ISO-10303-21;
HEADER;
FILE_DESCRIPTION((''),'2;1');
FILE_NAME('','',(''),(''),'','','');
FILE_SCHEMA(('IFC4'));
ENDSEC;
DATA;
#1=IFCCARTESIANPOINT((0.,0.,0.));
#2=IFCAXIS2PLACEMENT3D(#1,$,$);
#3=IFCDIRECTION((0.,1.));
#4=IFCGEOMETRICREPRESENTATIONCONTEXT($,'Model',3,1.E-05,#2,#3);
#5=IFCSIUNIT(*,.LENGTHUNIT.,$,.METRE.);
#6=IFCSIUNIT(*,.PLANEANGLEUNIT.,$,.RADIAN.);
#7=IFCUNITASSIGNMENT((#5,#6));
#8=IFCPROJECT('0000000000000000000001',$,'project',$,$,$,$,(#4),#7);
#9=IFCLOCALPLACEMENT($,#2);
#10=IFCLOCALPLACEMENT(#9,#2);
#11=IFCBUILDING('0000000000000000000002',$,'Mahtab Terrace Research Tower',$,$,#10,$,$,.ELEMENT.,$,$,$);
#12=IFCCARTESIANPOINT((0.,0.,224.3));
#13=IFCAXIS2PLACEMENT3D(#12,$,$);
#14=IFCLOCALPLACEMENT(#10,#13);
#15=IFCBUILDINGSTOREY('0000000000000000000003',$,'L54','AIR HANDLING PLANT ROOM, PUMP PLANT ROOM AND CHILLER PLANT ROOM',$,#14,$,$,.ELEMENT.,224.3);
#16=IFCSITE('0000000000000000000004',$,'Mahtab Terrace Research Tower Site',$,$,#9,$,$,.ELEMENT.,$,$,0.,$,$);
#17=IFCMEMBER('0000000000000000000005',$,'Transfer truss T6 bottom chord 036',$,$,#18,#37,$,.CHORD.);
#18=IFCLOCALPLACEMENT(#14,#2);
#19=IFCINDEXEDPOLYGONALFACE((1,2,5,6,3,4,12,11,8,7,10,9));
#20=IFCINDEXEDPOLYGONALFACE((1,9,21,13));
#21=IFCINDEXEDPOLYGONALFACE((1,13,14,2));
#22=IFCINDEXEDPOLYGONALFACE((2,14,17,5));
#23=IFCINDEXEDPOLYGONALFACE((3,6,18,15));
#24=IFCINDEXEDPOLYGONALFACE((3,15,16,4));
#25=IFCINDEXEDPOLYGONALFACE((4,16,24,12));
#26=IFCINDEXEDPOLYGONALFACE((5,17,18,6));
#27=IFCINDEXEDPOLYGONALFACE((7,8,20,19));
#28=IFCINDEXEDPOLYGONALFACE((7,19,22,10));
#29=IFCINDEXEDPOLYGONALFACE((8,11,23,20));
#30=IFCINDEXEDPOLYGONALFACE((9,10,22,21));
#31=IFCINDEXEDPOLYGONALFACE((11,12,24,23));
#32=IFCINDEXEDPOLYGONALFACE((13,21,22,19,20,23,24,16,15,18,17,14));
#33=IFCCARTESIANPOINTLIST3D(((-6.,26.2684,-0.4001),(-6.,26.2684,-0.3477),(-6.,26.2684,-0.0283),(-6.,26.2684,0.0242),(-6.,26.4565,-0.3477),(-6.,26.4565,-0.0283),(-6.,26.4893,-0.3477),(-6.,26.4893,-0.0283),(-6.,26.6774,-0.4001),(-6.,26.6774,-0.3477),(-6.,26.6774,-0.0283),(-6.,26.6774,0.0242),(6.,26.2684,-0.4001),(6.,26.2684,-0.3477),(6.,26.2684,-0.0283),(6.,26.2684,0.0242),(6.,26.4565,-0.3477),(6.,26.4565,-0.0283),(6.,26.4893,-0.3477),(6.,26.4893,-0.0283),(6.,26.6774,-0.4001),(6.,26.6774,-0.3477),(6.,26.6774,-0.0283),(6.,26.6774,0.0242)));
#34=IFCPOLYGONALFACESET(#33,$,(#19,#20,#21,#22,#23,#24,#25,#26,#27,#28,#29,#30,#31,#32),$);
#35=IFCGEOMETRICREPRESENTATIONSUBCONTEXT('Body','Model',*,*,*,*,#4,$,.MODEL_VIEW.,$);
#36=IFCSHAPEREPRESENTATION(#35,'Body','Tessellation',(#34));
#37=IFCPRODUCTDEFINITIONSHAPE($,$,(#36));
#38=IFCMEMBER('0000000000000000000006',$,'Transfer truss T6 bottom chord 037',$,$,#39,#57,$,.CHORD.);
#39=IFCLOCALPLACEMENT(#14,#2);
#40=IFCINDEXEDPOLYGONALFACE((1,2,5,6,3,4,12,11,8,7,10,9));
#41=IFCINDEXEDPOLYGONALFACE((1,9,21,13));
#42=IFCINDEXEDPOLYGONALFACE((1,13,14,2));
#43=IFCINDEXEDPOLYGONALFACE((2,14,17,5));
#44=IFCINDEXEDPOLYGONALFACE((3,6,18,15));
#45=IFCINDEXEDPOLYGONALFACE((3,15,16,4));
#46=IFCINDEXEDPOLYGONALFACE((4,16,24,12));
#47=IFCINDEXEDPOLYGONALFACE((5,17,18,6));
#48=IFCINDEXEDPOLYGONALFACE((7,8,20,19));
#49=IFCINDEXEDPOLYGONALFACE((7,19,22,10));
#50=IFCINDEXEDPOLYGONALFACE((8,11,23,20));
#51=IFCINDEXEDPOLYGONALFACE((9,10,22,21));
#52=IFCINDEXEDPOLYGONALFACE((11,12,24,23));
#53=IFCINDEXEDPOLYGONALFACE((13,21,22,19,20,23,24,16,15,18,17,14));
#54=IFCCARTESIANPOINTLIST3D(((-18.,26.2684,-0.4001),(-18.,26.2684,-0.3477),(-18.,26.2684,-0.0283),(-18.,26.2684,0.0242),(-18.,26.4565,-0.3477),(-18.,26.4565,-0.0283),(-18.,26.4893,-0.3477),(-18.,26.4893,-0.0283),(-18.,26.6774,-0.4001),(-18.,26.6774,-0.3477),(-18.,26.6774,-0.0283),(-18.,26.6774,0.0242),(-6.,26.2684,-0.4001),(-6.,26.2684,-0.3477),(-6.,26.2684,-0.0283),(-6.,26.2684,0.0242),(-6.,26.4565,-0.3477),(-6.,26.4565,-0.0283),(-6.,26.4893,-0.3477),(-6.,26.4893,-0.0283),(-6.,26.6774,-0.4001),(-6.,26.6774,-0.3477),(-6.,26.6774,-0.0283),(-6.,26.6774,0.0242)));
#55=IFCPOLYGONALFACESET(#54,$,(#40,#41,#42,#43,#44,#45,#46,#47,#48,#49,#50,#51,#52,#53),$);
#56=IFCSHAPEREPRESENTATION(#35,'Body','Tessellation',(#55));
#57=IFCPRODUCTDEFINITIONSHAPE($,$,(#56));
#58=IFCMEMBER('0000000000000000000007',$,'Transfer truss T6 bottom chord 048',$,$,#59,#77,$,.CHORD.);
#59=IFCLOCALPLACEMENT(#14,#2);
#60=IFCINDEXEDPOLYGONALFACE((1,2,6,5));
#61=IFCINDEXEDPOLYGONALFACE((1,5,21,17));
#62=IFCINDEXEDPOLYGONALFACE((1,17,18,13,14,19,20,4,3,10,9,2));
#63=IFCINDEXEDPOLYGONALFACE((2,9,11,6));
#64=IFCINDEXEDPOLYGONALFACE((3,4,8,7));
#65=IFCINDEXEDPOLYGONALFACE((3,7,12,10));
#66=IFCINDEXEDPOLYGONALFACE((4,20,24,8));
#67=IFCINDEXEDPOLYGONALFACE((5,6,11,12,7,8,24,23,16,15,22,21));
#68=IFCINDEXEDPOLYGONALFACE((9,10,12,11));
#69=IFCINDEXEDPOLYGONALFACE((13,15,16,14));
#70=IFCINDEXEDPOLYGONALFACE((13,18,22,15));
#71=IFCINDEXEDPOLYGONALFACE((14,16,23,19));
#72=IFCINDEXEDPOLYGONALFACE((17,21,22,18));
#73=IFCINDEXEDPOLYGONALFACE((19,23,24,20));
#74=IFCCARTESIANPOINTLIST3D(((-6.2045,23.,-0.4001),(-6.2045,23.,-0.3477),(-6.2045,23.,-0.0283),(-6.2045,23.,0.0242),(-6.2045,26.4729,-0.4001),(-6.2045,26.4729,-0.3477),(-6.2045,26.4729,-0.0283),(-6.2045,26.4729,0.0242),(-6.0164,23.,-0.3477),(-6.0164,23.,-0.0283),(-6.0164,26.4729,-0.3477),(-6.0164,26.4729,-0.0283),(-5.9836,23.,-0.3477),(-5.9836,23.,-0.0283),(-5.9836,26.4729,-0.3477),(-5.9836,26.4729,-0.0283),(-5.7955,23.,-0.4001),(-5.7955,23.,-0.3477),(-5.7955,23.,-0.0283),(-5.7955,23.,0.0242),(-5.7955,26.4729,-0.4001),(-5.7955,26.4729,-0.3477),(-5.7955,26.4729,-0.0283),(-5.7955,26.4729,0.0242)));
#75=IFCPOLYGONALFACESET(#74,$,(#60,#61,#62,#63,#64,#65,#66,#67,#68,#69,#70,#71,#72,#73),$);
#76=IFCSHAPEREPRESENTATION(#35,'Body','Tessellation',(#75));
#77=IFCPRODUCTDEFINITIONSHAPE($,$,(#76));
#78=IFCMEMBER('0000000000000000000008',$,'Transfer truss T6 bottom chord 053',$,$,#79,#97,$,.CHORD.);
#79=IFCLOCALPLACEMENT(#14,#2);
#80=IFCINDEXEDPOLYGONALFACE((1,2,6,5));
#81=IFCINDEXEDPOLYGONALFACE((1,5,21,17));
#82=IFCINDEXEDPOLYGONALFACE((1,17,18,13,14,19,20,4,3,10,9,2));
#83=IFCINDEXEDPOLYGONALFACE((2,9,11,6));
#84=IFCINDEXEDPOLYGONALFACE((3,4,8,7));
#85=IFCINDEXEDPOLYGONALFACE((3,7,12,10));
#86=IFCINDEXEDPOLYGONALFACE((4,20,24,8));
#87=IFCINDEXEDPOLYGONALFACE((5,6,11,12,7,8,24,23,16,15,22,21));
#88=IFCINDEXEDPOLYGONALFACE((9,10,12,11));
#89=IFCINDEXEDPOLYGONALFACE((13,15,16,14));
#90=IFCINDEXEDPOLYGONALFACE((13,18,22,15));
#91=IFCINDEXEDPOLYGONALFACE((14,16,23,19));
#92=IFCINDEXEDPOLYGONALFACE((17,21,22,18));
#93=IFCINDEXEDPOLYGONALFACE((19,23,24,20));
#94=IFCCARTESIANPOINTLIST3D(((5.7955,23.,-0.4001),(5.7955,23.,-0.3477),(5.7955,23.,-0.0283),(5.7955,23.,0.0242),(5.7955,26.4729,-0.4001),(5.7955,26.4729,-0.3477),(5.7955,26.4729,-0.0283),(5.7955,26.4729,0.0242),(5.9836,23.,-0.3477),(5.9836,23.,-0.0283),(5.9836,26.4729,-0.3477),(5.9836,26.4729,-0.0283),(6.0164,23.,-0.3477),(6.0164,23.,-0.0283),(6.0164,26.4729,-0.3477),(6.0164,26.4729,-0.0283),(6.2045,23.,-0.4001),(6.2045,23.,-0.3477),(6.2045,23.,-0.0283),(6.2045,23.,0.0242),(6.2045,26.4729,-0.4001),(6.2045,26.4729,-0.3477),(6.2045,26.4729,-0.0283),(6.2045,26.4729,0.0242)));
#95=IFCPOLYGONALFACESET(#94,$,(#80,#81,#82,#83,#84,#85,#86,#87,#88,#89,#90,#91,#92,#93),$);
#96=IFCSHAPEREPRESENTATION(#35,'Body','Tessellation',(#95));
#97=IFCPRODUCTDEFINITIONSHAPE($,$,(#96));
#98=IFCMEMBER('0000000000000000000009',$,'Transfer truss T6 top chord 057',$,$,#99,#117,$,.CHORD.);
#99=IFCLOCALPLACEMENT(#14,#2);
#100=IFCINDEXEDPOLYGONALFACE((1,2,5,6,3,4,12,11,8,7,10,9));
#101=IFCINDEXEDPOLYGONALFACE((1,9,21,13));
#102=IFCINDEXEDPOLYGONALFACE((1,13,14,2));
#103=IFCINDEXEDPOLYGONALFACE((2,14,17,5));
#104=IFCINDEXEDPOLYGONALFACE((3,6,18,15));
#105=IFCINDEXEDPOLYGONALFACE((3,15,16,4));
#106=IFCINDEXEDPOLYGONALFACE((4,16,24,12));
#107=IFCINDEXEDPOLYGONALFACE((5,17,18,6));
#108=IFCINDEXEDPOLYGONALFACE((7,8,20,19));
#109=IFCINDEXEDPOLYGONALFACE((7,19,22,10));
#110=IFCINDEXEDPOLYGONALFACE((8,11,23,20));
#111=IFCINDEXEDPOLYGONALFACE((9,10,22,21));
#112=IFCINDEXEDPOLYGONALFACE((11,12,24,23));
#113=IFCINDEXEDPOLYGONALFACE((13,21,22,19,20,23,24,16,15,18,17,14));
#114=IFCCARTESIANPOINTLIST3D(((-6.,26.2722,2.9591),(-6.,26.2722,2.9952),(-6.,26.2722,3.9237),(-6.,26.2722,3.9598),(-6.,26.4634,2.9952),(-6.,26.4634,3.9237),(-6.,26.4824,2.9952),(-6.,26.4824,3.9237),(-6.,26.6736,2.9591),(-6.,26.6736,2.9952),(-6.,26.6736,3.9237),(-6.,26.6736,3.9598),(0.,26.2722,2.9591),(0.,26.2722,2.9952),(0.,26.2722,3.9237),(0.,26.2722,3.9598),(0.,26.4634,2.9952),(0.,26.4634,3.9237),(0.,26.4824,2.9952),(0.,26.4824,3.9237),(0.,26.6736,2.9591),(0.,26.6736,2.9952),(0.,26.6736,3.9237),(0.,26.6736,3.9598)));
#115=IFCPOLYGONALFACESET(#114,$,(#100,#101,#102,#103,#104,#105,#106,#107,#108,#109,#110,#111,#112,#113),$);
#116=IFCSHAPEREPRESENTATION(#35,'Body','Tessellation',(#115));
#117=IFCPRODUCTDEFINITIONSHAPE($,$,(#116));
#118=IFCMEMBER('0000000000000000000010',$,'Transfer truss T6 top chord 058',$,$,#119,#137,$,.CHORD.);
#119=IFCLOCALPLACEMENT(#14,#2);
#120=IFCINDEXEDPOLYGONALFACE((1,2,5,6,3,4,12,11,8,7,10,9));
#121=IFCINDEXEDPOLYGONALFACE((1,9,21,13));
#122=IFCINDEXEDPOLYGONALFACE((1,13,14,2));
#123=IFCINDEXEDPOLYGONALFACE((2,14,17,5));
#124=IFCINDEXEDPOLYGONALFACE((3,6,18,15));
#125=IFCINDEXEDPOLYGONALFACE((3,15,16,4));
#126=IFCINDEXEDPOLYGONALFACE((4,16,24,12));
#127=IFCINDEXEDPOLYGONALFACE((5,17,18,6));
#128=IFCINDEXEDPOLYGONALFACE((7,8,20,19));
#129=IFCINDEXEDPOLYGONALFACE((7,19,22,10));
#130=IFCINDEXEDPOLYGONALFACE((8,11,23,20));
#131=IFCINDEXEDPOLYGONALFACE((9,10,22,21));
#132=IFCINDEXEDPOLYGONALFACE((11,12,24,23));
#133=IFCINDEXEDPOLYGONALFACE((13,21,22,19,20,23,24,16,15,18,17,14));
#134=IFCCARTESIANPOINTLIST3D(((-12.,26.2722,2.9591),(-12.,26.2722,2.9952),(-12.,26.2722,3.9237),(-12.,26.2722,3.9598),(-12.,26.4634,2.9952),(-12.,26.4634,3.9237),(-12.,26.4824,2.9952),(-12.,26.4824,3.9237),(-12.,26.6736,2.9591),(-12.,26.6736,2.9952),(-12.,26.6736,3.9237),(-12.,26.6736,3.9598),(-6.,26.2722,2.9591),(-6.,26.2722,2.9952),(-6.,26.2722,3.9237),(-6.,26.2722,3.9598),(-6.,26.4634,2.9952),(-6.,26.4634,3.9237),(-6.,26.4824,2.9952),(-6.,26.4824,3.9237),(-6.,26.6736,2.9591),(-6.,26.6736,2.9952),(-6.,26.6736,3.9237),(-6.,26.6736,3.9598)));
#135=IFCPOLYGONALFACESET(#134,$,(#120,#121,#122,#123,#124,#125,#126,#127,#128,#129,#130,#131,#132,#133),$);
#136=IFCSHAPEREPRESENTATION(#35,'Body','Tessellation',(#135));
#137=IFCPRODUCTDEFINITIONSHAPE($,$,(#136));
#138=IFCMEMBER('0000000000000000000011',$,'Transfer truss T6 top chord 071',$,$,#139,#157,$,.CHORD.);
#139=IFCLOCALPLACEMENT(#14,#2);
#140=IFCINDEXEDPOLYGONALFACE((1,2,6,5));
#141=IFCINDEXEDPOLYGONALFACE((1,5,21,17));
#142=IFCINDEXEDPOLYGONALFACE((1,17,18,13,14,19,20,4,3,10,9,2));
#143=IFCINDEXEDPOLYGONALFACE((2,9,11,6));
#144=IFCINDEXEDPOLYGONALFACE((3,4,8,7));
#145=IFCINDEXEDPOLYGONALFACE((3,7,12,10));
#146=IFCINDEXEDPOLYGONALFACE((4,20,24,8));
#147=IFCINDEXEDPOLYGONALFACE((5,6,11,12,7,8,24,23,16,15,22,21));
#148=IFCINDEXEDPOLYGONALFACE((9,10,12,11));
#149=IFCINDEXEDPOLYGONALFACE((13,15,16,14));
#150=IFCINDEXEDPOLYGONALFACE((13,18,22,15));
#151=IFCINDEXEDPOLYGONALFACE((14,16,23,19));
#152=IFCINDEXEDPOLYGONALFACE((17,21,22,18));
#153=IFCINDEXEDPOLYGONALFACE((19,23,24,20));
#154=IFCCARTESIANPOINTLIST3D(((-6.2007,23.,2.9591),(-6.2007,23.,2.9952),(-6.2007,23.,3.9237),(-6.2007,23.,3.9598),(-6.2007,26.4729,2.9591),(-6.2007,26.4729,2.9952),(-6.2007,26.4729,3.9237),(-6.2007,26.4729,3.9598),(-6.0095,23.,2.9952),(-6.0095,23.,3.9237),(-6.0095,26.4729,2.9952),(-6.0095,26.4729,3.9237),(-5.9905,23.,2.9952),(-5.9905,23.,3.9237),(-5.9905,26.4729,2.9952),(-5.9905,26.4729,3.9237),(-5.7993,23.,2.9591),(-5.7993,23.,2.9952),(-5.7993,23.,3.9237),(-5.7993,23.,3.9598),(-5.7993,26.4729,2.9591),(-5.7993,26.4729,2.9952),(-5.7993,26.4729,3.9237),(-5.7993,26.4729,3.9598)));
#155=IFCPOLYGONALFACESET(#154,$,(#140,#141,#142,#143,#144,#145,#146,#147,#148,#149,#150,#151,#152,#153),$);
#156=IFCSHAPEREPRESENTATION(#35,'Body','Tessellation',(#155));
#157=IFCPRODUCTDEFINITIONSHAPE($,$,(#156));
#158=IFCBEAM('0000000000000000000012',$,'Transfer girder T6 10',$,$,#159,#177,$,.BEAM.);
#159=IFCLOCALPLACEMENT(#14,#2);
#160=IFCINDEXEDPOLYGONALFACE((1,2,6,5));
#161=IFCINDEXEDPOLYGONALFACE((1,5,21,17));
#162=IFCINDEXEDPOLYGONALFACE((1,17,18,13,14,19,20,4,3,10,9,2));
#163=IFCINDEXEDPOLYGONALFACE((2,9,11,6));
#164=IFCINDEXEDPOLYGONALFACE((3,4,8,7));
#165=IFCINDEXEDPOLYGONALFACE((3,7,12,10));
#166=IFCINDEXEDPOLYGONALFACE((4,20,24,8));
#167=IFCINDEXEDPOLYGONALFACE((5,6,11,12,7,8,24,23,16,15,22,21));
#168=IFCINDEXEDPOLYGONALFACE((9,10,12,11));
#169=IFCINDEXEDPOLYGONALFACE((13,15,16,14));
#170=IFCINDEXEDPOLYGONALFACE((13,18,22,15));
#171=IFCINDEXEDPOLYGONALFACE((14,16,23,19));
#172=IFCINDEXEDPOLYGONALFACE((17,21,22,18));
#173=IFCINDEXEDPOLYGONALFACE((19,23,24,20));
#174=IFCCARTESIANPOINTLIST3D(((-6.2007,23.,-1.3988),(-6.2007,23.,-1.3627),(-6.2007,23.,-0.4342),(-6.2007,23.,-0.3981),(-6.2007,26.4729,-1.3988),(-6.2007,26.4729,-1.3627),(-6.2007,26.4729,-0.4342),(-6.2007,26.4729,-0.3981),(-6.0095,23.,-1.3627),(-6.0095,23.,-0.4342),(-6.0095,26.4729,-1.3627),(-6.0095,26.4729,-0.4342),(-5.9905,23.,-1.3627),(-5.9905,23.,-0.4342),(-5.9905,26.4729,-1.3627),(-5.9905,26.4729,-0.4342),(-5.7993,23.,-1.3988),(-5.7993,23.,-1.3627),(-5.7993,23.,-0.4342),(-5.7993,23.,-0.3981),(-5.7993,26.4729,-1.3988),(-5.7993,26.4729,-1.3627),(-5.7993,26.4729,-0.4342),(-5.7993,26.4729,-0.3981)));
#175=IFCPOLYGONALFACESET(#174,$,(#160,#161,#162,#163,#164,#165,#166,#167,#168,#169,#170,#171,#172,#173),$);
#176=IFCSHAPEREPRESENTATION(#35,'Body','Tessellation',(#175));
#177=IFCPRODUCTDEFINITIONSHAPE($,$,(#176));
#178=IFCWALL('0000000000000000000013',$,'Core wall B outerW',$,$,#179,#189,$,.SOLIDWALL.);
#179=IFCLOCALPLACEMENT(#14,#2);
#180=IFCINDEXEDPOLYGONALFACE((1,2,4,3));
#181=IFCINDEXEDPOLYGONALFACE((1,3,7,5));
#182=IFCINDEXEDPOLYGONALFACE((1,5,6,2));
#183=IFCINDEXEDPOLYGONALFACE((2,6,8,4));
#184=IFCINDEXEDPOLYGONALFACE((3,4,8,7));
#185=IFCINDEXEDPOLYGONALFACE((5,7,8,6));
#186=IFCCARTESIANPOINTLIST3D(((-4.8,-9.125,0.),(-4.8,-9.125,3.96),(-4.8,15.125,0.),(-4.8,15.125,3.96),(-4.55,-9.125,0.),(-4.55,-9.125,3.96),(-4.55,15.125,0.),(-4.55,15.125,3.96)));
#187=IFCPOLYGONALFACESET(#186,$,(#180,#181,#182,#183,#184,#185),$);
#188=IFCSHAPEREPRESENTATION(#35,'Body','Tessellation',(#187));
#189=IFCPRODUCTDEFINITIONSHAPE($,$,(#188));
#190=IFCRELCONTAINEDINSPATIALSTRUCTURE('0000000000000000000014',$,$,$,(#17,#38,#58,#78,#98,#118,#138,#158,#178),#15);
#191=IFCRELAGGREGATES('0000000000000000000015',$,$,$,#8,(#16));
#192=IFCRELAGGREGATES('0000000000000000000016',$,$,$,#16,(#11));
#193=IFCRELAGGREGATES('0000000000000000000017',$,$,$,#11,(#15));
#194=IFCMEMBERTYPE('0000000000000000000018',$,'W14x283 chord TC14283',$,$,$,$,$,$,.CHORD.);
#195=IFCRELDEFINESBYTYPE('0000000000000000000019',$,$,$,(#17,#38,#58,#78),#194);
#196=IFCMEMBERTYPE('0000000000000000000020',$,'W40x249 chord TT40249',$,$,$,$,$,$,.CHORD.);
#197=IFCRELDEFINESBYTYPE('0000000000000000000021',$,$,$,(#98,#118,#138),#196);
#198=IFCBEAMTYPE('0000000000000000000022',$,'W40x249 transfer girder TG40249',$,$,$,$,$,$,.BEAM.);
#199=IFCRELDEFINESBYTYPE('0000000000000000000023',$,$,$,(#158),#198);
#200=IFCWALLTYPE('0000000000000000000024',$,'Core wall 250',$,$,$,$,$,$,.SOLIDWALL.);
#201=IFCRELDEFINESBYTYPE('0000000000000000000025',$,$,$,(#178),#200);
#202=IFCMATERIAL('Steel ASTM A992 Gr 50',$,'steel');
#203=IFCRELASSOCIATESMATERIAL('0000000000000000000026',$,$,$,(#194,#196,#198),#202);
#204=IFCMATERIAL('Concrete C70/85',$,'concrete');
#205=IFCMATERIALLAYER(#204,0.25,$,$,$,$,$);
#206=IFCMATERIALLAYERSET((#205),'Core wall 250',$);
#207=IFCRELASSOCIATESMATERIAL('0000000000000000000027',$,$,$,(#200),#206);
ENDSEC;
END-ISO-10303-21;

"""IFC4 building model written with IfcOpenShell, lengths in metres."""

from ifc_helpers import new_model, si_unit, direction, frame, frame_2d, origin, origin_2d, place, context, subcontext, project, spatial, rectangle, i_section, extrude, material, layer, layer_set, material_profile, profile_set, type_object, element, save


model = new_model("IFC4")

# Units and contexts
model_context = context("Model", 3, precision=1e-05, world=origin(), true_north=direction((0.0, 1.0)))
body_context = subcontext(model_context, "Body", "Model", "MODEL_VIEW")
ifc_project = project(units=[si_unit("LENGTHUNIT", "METRE"), si_unit("PLANEANGLEUNIT", "RADIAN")], contexts=[model_context])

# Site, building, storey
site_placement = place(None, origin())
site = spatial("IfcSite", under=ifc_project, at=site_placement, Name="Mahtab Terrace Research Tower Site", CompositionType="ELEMENT", RefElevation=0.0)
building_placement = place(site_placement, origin())
building = spatial("IfcBuilding", under=site, at=building_placement, Name="Mahtab Terrace Research Tower", CompositionType="ELEMENT")
storey_placement = place(building_placement, frame((0.0, 0.0, 224.3)))
storey = spatial("IfcBuildingStorey", under=building, at=storey_placement, Name="L54", Description="AIR HANDLING PLANT ROOM, PUMP PLANT ROOM AND CHILLER PLANT ROOM", CompositionType="ELEMENT", Elevation=224.3)

# Shared definitions
ifc_material_1 = material(Name="Steel ASTM A992 Gr 50", Category="steel")

# Members
ifc_material_profile_1 = material_profile(ifc_material_1, i_section(OverallWidth=0.4089, OverallDepth=0.4243, WebThickness=0.0327, FlangeThickness=0.0525, at=origin_2d()), Name="W14X283")
ifc_profile_set_1 = profile_set([ifc_material_profile_1], Name="Steel ASTM A992 Gr 50")
member_type_1 = type_object("IfcMemberType", Name="W14x283 chord TC14283", PredefinedType="CHORD", material=ifc_profile_set_1)
for number, where, z_axis, x_axis, name in (
    (1, (6.0, 26.4729, -0.188), (-1.0, 0.0, 0.0), (0.0, -1.0, 0.0), "Transfer truss T6 bottom chord 036"),
    (2, (-6.0, 26.4729, -0.188), (-1.0, 0.0, 0.0), (0.0, -1.0, 0.0), "Transfer truss T6 bottom chord 037"),
):
    element("IfcMember", number, at=place(storey_placement, frame(where, z_axis=z_axis, x_axis=x_axis)), inside=storey, type_object=member_type_1, Name=name, PredefinedType="CHORD", context=body_context, shape_type="SweptSolid", body=[
        extrude(i_section(OverallWidth=0.4089, OverallDepth=0.4243, WebThickness=0.0327, FlangeThickness=0.0525, at=origin_2d()), origin(), (0.0, 0.0, 1.0), 12.0),
    ])
for number, where, z_axis, x_axis, name in (
    (3, (-6.0, 23.0, -0.188), (0.0, 1.0, 0.0), (-1.0, 0.0, 0.0), "Transfer truss T6 bottom chord 048"),
    (4, (6.0, 23.0, -0.188), (0.0, 1.0, 0.0), (-1.0, 0.0, 0.0), "Transfer truss T6 bottom chord 053"),
):
    element("IfcMember", number, at=place(storey_placement, frame(where, z_axis=z_axis, x_axis=x_axis)), inside=storey, type_object=member_type_1, Name=name, PredefinedType="CHORD", context=body_context, shape_type="SweptSolid", body=[
        extrude(i_section(OverallWidth=0.4089, OverallDepth=0.4243, WebThickness=0.0327, FlangeThickness=0.0525, at=origin_2d()), origin(), (0.0, 0.0, 1.0), 3.4729),
    ])
ifc_material_profile_2 = material_profile(ifc_material_1, i_section(OverallWidth=0.4014, OverallDepth=1.0007, WebThickness=0.019, FlangeThickness=0.0361, at=origin_2d()), Name="W40X249")
ifc_profile_set_2 = profile_set([ifc_material_profile_2], Name="Steel ASTM A992 Gr 50")
member_type_2 = type_object("IfcMemberType", Name="W40x249 chord TT40249", PredefinedType="CHORD", material=ifc_profile_set_2)
for number, where, z_axis, x_axis, name in (
    (5, (0.0, 26.4729, 3.4595), (-1.0, 0.0, 0.0), (0.0, -1.0, 0.0), "Transfer truss T6 top chord 057"),
    (6, (-6.0, 26.4729, 3.4595), (-1.0, 0.0, 0.0), (0.0, -1.0, 0.0), "Transfer truss T6 top chord 058"),
):
    element("IfcMember", number, at=place(storey_placement, frame(where, z_axis=z_axis, x_axis=x_axis)), inside=storey, type_object=member_type_2, Name=name, PredefinedType="CHORD", context=body_context, shape_type="SweptSolid", body=[
        extrude(i_section(OverallWidth=0.4014, OverallDepth=1.0007, WebThickness=0.019, FlangeThickness=0.0361, at=origin_2d()), origin(), (0.0, 0.0, 1.0), 6.0),
    ])
member_1_placement = place(storey_placement, frame((-6.0, 23.0, 3.4595), z_axis=(0.0, 1.0, 0.0), x_axis=(-1.0, 0.0, 0.0)))
element("IfcMember", 7, at=member_1_placement, inside=storey, type_object=member_type_2, Name="Transfer truss T6 top chord 071", PredefinedType="CHORD", context=body_context, shape_type="SweptSolid", body=[
    extrude(i_section(OverallWidth=0.4014, OverallDepth=1.0007, WebThickness=0.019, FlangeThickness=0.0361, at=origin_2d()), origin(), (0.0, 0.0, 1.0), 3.4729),
])

# Beam
ifc_material_profile_3 = material_profile(ifc_material_1, i_section(OverallWidth=0.4014, OverallDepth=1.0007, WebThickness=0.019, FlangeThickness=0.0361, at=origin_2d()), Name="W40X249")
ifc_profile_set_3 = profile_set([ifc_material_profile_3], Name="Steel ASTM A992 Gr 50")
beam_type = type_object("IfcBeamType", Name="W40x249 transfer girder TG40249", PredefinedType="BEAM", material=ifc_profile_set_3)
beam_placement = place(storey_placement, frame((-6.0, 23.0, -0.8984), z_axis=(0.0, 1.0, 0.0), x_axis=(-1.0, 0.0, 0.0)))
element("IfcBeam", 8, at=beam_placement, inside=storey, type_object=beam_type, Name="Transfer girder T6 10", PredefinedType="BEAM", context=body_context, shape_type="SweptSolid", body=[
    extrude(i_section(OverallWidth=0.4014, OverallDepth=1.0007, WebThickness=0.019, FlangeThickness=0.0361, at=origin_2d()), origin(), (0.0, 0.0, 1.0), 3.4729),
])

# Wall
ifc_material_2 = material(Name="Concrete C70/85", Category="concrete")
ifc_layer_1 = layer(ifc_material_2, 0.25)
ifc_layer_set_1 = layer_set([ifc_layer_1], Name="Core wall 250")
wall_type_1 = type_object("IfcWallType", Name="Core wall 250", PredefinedType="SOLIDWALL", material=ifc_layer_set_1)
wall_1_placement = place(storey_placement, frame((-4.675, 15.125, 0.0), z_axis=(0.0, 0.0, 1.0), x_axis=(0.0, -1.0, 0.0)))
element("IfcWall", 9, at=wall_1_placement, inside=storey, type_object=wall_type_1, Name="Core wall B outerW", PredefinedType="SOLIDWALL", context=body_context, shape_type="SweptSolid", body=[
    extrude(rectangle(XDim=24.25, YDim=0.25, at=frame_2d((12.125, 0.0))), origin(), (0.0, 0.0, 1.0), 3.96),
])

save(model, "model.ifc")
